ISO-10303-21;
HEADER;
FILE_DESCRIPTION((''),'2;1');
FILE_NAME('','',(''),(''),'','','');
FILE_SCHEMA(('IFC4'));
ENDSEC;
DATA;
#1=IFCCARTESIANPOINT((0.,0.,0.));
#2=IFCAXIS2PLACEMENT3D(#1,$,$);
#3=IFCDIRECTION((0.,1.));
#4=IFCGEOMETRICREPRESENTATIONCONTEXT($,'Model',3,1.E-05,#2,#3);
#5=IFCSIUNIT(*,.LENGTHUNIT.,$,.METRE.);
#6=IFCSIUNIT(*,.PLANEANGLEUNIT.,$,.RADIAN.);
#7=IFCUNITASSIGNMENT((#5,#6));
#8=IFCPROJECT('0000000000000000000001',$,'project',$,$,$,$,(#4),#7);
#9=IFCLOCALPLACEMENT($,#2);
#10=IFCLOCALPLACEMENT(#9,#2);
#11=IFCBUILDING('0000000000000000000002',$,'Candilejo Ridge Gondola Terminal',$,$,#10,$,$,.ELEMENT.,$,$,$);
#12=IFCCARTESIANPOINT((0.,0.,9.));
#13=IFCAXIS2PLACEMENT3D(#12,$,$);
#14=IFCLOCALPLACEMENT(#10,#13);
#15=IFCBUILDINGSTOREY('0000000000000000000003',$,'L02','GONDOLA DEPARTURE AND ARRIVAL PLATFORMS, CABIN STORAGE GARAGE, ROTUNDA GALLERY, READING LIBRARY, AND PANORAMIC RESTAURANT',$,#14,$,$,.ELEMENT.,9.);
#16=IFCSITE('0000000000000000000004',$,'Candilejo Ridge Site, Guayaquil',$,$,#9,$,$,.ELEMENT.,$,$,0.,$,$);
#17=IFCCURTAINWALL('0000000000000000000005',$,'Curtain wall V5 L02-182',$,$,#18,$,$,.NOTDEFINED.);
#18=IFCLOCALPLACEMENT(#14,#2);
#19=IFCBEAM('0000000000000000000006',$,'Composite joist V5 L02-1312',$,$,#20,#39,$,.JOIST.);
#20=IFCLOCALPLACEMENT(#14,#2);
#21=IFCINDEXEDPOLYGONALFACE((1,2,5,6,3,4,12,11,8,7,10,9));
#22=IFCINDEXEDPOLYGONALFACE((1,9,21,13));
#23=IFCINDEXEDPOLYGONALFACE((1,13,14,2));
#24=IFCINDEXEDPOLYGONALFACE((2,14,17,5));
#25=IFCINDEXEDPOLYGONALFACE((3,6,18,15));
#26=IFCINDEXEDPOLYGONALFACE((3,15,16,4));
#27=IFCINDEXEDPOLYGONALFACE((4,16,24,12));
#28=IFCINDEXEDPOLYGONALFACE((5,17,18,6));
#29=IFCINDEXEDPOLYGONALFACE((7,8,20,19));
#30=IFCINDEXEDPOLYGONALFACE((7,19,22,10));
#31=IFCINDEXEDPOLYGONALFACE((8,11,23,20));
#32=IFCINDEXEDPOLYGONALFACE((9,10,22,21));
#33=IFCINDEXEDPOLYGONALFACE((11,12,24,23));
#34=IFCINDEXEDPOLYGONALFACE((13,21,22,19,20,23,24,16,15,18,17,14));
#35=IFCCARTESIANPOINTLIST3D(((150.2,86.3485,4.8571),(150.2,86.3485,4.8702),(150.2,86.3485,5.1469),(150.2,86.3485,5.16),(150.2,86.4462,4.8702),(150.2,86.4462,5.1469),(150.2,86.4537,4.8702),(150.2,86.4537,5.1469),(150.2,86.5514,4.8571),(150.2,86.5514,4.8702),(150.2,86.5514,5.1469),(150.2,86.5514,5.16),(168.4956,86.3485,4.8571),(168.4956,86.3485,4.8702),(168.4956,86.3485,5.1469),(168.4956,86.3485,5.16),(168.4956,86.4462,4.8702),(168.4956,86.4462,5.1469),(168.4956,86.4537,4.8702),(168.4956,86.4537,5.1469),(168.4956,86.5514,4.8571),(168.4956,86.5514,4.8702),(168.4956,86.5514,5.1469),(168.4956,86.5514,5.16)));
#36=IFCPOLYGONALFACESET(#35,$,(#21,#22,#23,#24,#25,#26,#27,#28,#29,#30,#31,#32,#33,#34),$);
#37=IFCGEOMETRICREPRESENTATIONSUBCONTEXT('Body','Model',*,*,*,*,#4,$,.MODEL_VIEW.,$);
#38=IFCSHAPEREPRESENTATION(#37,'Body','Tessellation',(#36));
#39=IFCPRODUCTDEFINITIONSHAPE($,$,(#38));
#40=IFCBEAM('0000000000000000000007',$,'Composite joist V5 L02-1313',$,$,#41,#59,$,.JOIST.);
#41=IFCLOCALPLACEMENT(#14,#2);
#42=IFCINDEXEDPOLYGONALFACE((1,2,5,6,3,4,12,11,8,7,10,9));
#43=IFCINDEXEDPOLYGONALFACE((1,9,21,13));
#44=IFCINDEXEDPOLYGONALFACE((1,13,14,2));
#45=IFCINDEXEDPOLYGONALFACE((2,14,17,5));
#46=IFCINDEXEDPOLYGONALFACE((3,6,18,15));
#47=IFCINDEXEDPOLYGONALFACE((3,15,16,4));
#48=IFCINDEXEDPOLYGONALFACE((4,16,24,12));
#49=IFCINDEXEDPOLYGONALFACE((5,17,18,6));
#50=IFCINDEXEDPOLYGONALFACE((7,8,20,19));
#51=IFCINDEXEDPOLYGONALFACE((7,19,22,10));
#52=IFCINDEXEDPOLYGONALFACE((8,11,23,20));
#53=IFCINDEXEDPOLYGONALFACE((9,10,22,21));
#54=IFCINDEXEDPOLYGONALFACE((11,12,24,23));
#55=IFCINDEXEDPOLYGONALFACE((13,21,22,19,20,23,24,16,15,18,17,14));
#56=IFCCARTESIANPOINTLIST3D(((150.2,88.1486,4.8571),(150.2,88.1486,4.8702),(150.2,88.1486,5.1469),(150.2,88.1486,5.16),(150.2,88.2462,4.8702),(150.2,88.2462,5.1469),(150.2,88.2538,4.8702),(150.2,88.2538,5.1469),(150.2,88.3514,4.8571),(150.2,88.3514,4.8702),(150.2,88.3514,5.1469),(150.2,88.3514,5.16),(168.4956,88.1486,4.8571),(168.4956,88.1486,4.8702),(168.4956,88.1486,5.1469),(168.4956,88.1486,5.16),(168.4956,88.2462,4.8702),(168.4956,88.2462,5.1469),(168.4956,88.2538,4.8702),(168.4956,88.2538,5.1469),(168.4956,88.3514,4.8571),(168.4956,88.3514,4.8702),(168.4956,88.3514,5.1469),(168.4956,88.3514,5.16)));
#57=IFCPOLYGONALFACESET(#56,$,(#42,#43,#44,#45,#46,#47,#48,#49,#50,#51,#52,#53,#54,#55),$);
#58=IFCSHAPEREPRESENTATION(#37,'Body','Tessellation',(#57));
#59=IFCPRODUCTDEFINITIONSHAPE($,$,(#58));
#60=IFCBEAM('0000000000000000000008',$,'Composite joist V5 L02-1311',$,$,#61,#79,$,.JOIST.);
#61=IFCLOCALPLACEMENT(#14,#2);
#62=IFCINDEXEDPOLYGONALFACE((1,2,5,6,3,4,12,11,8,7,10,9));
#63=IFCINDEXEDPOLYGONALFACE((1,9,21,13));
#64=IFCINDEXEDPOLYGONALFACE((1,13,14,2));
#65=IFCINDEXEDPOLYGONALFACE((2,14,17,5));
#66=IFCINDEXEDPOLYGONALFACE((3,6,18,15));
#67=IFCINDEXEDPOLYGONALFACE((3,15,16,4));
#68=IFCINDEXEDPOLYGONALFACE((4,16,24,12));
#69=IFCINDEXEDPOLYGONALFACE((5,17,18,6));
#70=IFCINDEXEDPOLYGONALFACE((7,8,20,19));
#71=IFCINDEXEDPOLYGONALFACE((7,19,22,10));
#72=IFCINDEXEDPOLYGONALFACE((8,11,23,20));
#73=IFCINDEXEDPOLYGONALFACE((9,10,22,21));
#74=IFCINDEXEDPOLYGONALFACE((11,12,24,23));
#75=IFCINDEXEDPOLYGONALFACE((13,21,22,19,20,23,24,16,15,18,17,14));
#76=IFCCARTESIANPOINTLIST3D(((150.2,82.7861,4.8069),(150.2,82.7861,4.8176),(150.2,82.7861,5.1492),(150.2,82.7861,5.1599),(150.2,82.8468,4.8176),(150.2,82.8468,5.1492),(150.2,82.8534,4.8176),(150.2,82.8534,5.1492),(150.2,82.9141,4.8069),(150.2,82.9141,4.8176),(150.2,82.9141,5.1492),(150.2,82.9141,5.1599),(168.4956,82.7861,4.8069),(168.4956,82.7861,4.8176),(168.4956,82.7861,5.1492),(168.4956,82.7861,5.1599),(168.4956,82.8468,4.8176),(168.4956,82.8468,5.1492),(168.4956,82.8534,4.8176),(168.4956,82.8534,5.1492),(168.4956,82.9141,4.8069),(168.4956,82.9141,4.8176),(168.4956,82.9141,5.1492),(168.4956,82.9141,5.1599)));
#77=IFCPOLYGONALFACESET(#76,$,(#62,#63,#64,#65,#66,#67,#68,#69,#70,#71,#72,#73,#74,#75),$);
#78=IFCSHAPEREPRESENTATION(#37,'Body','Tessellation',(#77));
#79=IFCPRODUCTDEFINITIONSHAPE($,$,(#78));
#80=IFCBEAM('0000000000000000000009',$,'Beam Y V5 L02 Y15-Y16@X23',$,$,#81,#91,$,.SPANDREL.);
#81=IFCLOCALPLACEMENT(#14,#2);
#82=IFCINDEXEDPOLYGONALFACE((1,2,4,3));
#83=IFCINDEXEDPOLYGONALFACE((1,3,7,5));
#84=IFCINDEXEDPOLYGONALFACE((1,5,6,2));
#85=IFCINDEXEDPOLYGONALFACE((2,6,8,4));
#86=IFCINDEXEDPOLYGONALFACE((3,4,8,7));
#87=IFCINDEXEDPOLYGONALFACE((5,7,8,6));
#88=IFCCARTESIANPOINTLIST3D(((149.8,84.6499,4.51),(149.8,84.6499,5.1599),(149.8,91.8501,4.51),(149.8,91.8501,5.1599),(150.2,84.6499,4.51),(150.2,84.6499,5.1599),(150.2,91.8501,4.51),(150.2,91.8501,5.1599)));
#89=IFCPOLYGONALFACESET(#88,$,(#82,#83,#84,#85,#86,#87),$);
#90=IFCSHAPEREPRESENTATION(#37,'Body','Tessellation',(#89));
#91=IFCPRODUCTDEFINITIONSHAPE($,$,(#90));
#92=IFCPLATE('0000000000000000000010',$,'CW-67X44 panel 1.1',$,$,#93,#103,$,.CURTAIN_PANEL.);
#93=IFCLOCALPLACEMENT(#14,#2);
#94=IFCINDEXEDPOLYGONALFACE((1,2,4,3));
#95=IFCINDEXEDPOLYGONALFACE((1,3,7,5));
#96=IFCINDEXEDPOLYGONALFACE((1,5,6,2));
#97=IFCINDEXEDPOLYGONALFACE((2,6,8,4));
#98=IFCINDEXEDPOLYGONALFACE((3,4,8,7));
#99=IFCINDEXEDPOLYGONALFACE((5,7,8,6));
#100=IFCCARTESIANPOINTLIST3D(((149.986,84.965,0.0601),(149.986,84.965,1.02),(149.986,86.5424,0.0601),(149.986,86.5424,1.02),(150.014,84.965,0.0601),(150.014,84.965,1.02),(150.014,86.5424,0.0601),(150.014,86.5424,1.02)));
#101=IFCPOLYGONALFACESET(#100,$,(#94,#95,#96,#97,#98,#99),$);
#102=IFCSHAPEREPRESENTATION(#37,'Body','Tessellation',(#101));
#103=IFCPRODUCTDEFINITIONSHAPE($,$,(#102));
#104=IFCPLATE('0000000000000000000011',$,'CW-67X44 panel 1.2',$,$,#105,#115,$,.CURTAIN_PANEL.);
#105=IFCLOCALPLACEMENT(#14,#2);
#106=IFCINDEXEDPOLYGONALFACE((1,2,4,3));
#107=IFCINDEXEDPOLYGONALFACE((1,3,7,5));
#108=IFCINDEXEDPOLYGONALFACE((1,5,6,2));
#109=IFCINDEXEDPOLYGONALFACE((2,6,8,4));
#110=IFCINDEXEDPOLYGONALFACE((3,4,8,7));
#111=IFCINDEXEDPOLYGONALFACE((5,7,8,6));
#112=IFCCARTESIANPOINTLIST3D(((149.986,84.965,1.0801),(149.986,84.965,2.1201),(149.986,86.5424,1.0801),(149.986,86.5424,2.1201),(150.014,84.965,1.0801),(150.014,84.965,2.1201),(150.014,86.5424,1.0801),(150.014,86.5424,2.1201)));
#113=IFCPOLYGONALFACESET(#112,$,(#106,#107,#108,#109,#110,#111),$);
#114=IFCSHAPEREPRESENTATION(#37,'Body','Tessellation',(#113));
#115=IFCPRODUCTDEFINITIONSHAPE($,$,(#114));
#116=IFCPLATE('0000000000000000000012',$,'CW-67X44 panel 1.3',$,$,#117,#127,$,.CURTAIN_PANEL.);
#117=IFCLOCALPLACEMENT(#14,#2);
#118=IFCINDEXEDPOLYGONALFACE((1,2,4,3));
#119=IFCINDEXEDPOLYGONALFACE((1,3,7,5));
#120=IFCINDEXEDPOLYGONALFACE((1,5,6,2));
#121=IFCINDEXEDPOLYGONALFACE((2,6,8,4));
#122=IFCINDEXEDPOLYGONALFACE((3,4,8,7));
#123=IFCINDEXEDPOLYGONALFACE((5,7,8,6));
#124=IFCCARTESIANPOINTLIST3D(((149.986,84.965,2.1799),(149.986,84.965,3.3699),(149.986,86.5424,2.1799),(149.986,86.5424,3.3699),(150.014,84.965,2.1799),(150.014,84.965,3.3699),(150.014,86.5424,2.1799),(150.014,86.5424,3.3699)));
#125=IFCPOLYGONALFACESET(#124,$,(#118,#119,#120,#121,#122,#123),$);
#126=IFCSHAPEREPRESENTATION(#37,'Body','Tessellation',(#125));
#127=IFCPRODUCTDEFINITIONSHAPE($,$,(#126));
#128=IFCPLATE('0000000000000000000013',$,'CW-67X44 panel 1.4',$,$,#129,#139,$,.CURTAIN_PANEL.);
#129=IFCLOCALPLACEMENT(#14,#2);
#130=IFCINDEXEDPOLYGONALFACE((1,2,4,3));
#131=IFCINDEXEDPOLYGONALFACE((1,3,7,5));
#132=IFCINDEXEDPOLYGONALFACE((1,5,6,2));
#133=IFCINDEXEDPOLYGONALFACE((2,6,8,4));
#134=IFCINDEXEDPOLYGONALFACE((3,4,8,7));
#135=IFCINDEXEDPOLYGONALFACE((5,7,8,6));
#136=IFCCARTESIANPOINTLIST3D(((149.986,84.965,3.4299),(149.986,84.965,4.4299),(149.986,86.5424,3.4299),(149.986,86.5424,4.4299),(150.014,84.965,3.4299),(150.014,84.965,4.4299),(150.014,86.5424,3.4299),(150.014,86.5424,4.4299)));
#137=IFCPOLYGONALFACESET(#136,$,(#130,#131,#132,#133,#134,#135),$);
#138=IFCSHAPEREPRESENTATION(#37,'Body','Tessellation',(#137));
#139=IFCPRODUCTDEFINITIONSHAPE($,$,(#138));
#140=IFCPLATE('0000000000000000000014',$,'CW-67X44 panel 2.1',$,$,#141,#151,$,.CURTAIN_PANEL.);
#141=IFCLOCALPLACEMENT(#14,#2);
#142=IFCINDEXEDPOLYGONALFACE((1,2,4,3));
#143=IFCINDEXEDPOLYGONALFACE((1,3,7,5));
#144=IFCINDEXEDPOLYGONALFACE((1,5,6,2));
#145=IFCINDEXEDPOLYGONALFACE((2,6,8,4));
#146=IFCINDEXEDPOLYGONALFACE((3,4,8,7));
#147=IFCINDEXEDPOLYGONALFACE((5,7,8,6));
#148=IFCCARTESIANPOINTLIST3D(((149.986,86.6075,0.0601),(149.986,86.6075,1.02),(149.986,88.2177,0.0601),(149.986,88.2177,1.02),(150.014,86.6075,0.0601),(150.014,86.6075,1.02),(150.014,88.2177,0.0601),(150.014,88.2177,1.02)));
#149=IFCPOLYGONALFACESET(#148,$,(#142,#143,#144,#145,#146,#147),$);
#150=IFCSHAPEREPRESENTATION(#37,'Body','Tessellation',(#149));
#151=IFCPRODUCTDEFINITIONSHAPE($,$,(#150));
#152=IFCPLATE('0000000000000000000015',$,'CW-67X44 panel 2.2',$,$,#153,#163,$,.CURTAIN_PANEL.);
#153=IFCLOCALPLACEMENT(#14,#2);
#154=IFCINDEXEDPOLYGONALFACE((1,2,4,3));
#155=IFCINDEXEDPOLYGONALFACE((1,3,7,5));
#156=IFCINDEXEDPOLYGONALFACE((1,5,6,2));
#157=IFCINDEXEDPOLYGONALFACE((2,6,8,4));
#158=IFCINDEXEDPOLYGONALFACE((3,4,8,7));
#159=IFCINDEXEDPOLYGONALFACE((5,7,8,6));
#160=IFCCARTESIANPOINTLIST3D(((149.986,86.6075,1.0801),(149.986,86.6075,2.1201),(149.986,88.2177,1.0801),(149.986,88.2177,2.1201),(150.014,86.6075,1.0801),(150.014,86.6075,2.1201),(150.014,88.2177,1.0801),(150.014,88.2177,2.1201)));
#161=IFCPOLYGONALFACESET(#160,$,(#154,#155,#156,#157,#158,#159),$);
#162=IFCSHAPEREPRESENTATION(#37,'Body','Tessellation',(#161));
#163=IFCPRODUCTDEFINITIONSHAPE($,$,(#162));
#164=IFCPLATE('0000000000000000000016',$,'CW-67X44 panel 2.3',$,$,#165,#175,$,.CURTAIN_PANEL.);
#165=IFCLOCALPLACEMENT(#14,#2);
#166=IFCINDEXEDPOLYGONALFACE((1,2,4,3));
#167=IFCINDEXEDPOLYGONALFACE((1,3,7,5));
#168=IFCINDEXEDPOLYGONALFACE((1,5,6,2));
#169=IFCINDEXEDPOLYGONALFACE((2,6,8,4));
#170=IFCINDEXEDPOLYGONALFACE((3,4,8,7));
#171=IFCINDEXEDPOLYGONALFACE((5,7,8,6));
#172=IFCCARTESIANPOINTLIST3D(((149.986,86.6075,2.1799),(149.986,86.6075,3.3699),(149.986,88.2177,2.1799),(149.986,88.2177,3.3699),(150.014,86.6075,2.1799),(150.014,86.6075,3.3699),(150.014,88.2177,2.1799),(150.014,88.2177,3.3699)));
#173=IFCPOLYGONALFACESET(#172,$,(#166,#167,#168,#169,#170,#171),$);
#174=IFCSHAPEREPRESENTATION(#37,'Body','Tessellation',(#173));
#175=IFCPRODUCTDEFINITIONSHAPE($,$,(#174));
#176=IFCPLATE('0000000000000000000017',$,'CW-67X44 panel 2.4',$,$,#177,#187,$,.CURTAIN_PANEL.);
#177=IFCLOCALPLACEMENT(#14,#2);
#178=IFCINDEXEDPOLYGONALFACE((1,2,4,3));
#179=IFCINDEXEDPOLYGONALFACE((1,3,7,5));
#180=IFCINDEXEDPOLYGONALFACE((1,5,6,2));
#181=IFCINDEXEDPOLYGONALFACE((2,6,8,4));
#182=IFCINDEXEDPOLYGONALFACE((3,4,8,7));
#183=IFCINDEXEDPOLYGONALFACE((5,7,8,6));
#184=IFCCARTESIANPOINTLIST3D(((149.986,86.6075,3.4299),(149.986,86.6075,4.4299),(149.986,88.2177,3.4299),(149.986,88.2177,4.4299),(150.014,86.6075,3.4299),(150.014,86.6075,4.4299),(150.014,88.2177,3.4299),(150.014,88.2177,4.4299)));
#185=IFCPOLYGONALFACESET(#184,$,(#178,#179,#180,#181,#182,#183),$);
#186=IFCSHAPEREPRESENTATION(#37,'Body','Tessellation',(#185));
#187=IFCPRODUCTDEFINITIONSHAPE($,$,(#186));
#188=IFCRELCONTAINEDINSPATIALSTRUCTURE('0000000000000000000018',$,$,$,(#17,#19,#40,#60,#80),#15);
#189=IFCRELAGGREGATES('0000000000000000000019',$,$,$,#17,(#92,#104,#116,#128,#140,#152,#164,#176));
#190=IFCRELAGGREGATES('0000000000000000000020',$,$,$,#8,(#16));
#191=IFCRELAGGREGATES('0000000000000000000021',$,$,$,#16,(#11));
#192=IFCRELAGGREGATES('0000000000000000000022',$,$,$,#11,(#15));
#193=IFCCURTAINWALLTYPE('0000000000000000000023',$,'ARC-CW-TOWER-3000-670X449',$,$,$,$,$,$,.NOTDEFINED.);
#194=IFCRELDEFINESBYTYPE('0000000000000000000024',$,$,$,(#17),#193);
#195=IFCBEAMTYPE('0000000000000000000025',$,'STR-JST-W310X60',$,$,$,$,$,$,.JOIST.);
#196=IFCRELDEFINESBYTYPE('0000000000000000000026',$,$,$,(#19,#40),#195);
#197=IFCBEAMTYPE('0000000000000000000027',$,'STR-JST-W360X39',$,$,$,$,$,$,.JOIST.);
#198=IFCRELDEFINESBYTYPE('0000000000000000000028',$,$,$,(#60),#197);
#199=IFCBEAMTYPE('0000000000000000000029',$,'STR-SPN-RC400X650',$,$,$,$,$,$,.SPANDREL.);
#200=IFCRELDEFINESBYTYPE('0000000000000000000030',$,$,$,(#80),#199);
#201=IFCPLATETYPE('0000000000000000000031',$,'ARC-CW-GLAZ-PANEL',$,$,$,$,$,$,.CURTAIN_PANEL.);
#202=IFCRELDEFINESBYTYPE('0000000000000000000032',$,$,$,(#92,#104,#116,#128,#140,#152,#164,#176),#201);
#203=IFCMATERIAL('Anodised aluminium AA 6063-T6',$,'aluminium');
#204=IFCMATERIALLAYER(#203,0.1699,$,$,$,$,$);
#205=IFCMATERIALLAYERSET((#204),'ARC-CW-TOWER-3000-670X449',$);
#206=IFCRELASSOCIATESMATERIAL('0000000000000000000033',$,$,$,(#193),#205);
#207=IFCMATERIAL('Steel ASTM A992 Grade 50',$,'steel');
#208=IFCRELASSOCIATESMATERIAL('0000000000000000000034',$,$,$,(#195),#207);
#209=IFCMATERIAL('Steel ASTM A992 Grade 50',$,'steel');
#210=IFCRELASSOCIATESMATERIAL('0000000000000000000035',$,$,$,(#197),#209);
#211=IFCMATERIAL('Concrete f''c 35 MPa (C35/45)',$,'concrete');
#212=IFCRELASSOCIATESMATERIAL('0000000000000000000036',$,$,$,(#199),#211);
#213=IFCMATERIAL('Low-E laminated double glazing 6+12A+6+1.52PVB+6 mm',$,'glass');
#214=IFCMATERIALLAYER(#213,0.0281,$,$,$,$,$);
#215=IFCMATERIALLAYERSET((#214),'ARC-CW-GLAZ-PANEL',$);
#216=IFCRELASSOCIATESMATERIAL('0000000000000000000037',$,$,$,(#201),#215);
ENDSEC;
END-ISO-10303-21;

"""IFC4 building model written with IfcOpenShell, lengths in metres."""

from ifc_helpers import new_model, si_unit, direction, frame, origin, origin_2d, place, context, subcontext, project, spatial, rectangle, i_section, extrude, material, layer, layer_set, material_profile, profile_set, type_object, element, aggregate, save


model = new_model("IFC4")

# Units and contexts
model_context = context("Model", 3, precision=1e-05, world=origin(), true_north=direction((0.0, 1.0)))
body_context = subcontext(model_context, "Body", "Model", "MODEL_VIEW")
ifc_project = project(units=[si_unit("LENGTHUNIT", "METRE"), si_unit("PLANEANGLEUNIT", "RADIAN")], contexts=[model_context])

# Site, building, storey
site_placement = place(None, origin())
site = spatial("IfcSite", under=ifc_project, at=site_placement, Name="Candilejo Ridge Site, Guayaquil", CompositionType="ELEMENT", RefElevation=0.0)
building_placement = place(site_placement, origin())
building = spatial("IfcBuilding", under=site, at=building_placement, Name="Candilejo Ridge Gondola Terminal", CompositionType="ELEMENT")
storey_placement = place(building_placement, frame((0.0, 0.0, 9.0)))
storey = spatial("IfcBuildingStorey", under=building, at=storey_placement, Name="L02", Description="GONDOLA DEPARTURE AND ARRIVAL PLATFORMS, CABIN STORAGE GARAGE, ROTUNDA GALLERY, READING LIBRARY, AND PANORAMIC RESTAURANT", CompositionType="ELEMENT", Elevation=9.0)

# Curtain wall
ifc_material_1 = material(Name="Anodised aluminium AA 6063-T6", Category="aluminium")
ifc_layer_1 = layer(ifc_material_1, 0.1699)
ifc_layer_set_1 = layer_set([ifc_layer_1], Name="ARC-CW-TOWER-3000-670X449")
curtain_wall_type = type_object("IfcCurtainWallType", Name="ARC-CW-TOWER-3000-670X449", PredefinedType="NOTDEFINED", material=ifc_layer_set_1)
curtain_wall_placement = place(storey_placement, origin())
curtain_wall = element("IfcCurtainWall", 1, at=curtain_wall_placement, inside=storey, type_object=curtain_wall_type, Name="Curtain wall V5 L02-182", PredefinedType="NOTDEFINED")

# Beams
ifc_material_2 = material(Name="Steel ASTM A992 Grade 50", Category="steel")
ifc_material_profile_1 = material_profile(ifc_material_2, i_section(OverallWidth=0.2029, OverallDepth=0.303, WebThickness=0.0076, FlangeThickness=0.0132, at=origin_2d()))
ifc_profile_set_1 = profile_set([ifc_material_profile_1], Name="Steel ASTM A992 Grade 50")
beam_type_1 = type_object("IfcBeamType", Name="STR-JST-W310X60", PredefinedType="JOIST", material=ifc_profile_set_1)
for number, where, z_axis, x_axis, name in (
    (2, (150.2, 86.45, 5.0085), (1.0, 0.0, 0.0), (0.0, 1.0, 0.0), "Composite joist V5 L02-1312"),
    (3, (150.2, 88.25, 5.0085), (1.0, 0.0, 0.0), (0.0, 1.0, 0.0), "Composite joist V5 L02-1313"),
):
    element("IfcBeam", number, at=place(storey_placement, frame(where, z_axis=z_axis, x_axis=x_axis)), inside=storey, type_object=beam_type_1, Name=name, PredefinedType="JOIST", context=body_context, shape_type="SweptSolid", body=[
        extrude(i_section(OverallWidth=0.2029, OverallDepth=0.303, WebThickness=0.0076, FlangeThickness=0.0132, at=origin_2d()), origin(), (0.0, 0.0, 1.0), 18.2957),
    ])
ifc_material_3 = material(Name="Steel ASTM A992 Grade 50", Category="steel")
ifc_material_profile_2 = material_profile(ifc_material_3, i_section(OverallWidth=0.1279, OverallDepth=0.353, WebThickness=0.0066, FlangeThickness=0.0107, at=origin_2d()))
ifc_profile_set_2 = profile_set([ifc_material_profile_2], Name="Steel ASTM A992 Grade 50")
beam_type_2 = type_object("IfcBeamType", Name="STR-JST-W360X39", PredefinedType="JOIST", material=ifc_profile_set_2)
beam_1_placement = place(storey_placement, frame((150.2, 82.8501, 4.9834), z_axis=(1.0, 0.0, 0.0), x_axis=(0.0, 1.0, 0.0)))
element("IfcBeam", 4, at=beam_1_placement, inside=storey, type_object=beam_type_2, Name="Composite joist V5 L02-1311", PredefinedType="JOIST", context=body_context, shape_type="SweptSolid", body=[
    extrude(i_section(OverallWidth=0.1279, OverallDepth=0.353, WebThickness=0.0066, FlangeThickness=0.0107, at=origin_2d()), origin(), (0.0, 0.0, 1.0), 18.2957),
])
ifc_material_4 = material(Name="Concrete f'c 35 MPa (C35/45)", Category="concrete")
ifc_material_profile_3 = material_profile(ifc_material_4, rectangle(XDim=0.3999, YDim=0.6499, at=origin_2d()))
ifc_profile_set_3 = profile_set([ifc_material_profile_3], Name="Concrete f'c 35 MPa (C35/45)")
beam_type_3 = type_object("IfcBeamType", Name="STR-SPN-RC400X650", PredefinedType="SPANDREL", material=ifc_profile_set_3)
beam_2_placement = place(storey_placement, frame((150.0, 84.6499, 4.835), z_axis=(0.0, 1.0, 0.0), x_axis=(-1.0, 0.0, 0.0)))
element("IfcBeam", 5, at=beam_2_placement, inside=storey, type_object=beam_type_3, Name="Beam Y V5 L02 Y15-Y16@X23", PredefinedType="SPANDREL", context=body_context, shape_type="SweptSolid", body=[
    extrude(rectangle(XDim=0.3999, YDim=0.6499, at=origin_2d()), origin(), (0.0, 0.0, 1.0), 7.2002),
])

# Plates
ifc_material_5 = material(Name="Low-E laminated double glazing 6+12A+6+1.52PVB+6 mm", Category="glass")
ifc_layer_2 = layer(ifc_material_5, 0.0281)
ifc_layer_set_2 = layer_set([ifc_layer_2], Name="ARC-CW-GLAZ-PANEL")
plate_type_1 = type_object("IfcPlateType", Name="ARC-CW-GLAZ-PANEL", PredefinedType="CURTAIN_PANEL", material=ifc_layer_set_2)
plate_1_placement = place(storey_placement, frame((150.0, 85.7537, 0.0601), z_axis=(0.0, 0.0, 1.0), x_axis=(0.0, 1.0, 0.0)))
plate_1 = element("IfcPlate", 6, at=plate_1_placement, type_object=plate_type_1, Name="CW-67X44 panel 1.1", PredefinedType="CURTAIN_PANEL", context=body_context, shape_type="SweptSolid", body=[
    extrude(rectangle(XDim=1.5774, YDim=0.0281, at=origin_2d()), origin(), (0.0, 0.0, 1.0), 0.96),
])
plate_2_placement = place(storey_placement, frame((150.0, 85.7537, 1.0801), z_axis=(0.0, 0.0, 1.0), x_axis=(0.0, 1.0, 0.0)))
plate_2 = element("IfcPlate", 7, at=plate_2_placement, type_object=plate_type_1, Name="CW-67X44 panel 1.2", PredefinedType="CURTAIN_PANEL", context=body_context, shape_type="SweptSolid", body=[
    extrude(rectangle(XDim=1.5774, YDim=0.0281, at=origin_2d()), origin(), (0.0, 0.0, 1.0), 1.04),
])
plate_3_placement = place(storey_placement, frame((150.0, 85.7537, 2.1799), z_axis=(0.0, 0.0, 1.0), x_axis=(0.0, 1.0, 0.0)))
plate_3 = element("IfcPlate", 8, at=plate_3_placement, type_object=plate_type_1, Name="CW-67X44 panel 1.3", PredefinedType="CURTAIN_PANEL", context=body_context, shape_type="SweptSolid", body=[
    extrude(rectangle(XDim=1.5774, YDim=0.0281, at=origin_2d()), origin(), (0.0, 0.0, 1.0), 1.1899),
])
plate_4_placement = place(storey_placement, frame((150.0, 85.7537, 3.4299), z_axis=(0.0, 0.0, 1.0), x_axis=(0.0, 1.0, 0.0)))
plate_4 = element("IfcPlate", 9, at=plate_4_placement, type_object=plate_type_1, Name="CW-67X44 panel 1.4", PredefinedType="CURTAIN_PANEL", context=body_context, shape_type="SweptSolid", body=[
    extrude(rectangle(XDim=1.5774, YDim=0.0281, at=origin_2d()), origin(), (0.0, 0.0, 1.0), 1.0),
])
plate_5_placement = place(storey_placement, frame((150.0, 87.4126, 0.0601), z_axis=(0.0, 0.0, 1.0), x_axis=(0.0, 1.0, 0.0)))
plate_5 = element("IfcPlate", 10, at=plate_5_placement, type_object=plate_type_1, Name="CW-67X44 panel 2.1", PredefinedType="CURTAIN_PANEL", context=body_context, shape_type="SweptSolid", body=[
    extrude(rectangle(XDim=1.6101, YDim=0.0281, at=origin_2d()), origin(), (0.0, 0.0, 1.0), 0.96),
])
plate_6_placement = place(storey_placement, frame((150.0, 87.4126, 1.0801), z_axis=(0.0, 0.0, 1.0), x_axis=(0.0, 1.0, 0.0)))
plate_6 = element("IfcPlate", 11, at=plate_6_placement, type_object=plate_type_1, Name="CW-67X44 panel 2.2", PredefinedType="CURTAIN_PANEL", context=body_context, shape_type="SweptSolid", body=[
    extrude(rectangle(XDim=1.6101, YDim=0.0281, at=origin_2d()), origin(), (0.0, 0.0, 1.0), 1.04),
])
plate_7_placement = place(storey_placement, frame((150.0, 87.4126, 2.1799), z_axis=(0.0, 0.0, 1.0), x_axis=(0.0, 1.0, 0.0)))
plate_7 = element("IfcPlate", 12, at=plate_7_placement, type_object=plate_type_1, Name="CW-67X44 panel 2.3", PredefinedType="CURTAIN_PANEL", context=body_context, shape_type="SweptSolid", body=[
    extrude(rectangle(XDim=1.6101, YDim=0.0281, at=origin_2d()), origin(), (0.0, 0.0, 1.0), 1.1899),
])
plate_8_placement = place(storey_placement, frame((150.0, 87.4126, 3.4299), z_axis=(0.0, 0.0, 1.0), x_axis=(0.0, 1.0, 0.0)))
plate_8 = element("IfcPlate", 13, at=plate_8_placement, type_object=plate_type_1, Name="CW-67X44 panel 2.4", PredefinedType="CURTAIN_PANEL", context=body_context, shape_type="SweptSolid", body=[
    extrude(rectangle(XDim=1.6101, YDim=0.0281, at=origin_2d()), origin(), (0.0, 0.0, 1.0), 1.0),
])
aggregate(curtain_wall, [plate_1, plate_2, plate_3, plate_4, plate_5, plate_6, plate_7, plate_8])

save(model, "model.ifc")
